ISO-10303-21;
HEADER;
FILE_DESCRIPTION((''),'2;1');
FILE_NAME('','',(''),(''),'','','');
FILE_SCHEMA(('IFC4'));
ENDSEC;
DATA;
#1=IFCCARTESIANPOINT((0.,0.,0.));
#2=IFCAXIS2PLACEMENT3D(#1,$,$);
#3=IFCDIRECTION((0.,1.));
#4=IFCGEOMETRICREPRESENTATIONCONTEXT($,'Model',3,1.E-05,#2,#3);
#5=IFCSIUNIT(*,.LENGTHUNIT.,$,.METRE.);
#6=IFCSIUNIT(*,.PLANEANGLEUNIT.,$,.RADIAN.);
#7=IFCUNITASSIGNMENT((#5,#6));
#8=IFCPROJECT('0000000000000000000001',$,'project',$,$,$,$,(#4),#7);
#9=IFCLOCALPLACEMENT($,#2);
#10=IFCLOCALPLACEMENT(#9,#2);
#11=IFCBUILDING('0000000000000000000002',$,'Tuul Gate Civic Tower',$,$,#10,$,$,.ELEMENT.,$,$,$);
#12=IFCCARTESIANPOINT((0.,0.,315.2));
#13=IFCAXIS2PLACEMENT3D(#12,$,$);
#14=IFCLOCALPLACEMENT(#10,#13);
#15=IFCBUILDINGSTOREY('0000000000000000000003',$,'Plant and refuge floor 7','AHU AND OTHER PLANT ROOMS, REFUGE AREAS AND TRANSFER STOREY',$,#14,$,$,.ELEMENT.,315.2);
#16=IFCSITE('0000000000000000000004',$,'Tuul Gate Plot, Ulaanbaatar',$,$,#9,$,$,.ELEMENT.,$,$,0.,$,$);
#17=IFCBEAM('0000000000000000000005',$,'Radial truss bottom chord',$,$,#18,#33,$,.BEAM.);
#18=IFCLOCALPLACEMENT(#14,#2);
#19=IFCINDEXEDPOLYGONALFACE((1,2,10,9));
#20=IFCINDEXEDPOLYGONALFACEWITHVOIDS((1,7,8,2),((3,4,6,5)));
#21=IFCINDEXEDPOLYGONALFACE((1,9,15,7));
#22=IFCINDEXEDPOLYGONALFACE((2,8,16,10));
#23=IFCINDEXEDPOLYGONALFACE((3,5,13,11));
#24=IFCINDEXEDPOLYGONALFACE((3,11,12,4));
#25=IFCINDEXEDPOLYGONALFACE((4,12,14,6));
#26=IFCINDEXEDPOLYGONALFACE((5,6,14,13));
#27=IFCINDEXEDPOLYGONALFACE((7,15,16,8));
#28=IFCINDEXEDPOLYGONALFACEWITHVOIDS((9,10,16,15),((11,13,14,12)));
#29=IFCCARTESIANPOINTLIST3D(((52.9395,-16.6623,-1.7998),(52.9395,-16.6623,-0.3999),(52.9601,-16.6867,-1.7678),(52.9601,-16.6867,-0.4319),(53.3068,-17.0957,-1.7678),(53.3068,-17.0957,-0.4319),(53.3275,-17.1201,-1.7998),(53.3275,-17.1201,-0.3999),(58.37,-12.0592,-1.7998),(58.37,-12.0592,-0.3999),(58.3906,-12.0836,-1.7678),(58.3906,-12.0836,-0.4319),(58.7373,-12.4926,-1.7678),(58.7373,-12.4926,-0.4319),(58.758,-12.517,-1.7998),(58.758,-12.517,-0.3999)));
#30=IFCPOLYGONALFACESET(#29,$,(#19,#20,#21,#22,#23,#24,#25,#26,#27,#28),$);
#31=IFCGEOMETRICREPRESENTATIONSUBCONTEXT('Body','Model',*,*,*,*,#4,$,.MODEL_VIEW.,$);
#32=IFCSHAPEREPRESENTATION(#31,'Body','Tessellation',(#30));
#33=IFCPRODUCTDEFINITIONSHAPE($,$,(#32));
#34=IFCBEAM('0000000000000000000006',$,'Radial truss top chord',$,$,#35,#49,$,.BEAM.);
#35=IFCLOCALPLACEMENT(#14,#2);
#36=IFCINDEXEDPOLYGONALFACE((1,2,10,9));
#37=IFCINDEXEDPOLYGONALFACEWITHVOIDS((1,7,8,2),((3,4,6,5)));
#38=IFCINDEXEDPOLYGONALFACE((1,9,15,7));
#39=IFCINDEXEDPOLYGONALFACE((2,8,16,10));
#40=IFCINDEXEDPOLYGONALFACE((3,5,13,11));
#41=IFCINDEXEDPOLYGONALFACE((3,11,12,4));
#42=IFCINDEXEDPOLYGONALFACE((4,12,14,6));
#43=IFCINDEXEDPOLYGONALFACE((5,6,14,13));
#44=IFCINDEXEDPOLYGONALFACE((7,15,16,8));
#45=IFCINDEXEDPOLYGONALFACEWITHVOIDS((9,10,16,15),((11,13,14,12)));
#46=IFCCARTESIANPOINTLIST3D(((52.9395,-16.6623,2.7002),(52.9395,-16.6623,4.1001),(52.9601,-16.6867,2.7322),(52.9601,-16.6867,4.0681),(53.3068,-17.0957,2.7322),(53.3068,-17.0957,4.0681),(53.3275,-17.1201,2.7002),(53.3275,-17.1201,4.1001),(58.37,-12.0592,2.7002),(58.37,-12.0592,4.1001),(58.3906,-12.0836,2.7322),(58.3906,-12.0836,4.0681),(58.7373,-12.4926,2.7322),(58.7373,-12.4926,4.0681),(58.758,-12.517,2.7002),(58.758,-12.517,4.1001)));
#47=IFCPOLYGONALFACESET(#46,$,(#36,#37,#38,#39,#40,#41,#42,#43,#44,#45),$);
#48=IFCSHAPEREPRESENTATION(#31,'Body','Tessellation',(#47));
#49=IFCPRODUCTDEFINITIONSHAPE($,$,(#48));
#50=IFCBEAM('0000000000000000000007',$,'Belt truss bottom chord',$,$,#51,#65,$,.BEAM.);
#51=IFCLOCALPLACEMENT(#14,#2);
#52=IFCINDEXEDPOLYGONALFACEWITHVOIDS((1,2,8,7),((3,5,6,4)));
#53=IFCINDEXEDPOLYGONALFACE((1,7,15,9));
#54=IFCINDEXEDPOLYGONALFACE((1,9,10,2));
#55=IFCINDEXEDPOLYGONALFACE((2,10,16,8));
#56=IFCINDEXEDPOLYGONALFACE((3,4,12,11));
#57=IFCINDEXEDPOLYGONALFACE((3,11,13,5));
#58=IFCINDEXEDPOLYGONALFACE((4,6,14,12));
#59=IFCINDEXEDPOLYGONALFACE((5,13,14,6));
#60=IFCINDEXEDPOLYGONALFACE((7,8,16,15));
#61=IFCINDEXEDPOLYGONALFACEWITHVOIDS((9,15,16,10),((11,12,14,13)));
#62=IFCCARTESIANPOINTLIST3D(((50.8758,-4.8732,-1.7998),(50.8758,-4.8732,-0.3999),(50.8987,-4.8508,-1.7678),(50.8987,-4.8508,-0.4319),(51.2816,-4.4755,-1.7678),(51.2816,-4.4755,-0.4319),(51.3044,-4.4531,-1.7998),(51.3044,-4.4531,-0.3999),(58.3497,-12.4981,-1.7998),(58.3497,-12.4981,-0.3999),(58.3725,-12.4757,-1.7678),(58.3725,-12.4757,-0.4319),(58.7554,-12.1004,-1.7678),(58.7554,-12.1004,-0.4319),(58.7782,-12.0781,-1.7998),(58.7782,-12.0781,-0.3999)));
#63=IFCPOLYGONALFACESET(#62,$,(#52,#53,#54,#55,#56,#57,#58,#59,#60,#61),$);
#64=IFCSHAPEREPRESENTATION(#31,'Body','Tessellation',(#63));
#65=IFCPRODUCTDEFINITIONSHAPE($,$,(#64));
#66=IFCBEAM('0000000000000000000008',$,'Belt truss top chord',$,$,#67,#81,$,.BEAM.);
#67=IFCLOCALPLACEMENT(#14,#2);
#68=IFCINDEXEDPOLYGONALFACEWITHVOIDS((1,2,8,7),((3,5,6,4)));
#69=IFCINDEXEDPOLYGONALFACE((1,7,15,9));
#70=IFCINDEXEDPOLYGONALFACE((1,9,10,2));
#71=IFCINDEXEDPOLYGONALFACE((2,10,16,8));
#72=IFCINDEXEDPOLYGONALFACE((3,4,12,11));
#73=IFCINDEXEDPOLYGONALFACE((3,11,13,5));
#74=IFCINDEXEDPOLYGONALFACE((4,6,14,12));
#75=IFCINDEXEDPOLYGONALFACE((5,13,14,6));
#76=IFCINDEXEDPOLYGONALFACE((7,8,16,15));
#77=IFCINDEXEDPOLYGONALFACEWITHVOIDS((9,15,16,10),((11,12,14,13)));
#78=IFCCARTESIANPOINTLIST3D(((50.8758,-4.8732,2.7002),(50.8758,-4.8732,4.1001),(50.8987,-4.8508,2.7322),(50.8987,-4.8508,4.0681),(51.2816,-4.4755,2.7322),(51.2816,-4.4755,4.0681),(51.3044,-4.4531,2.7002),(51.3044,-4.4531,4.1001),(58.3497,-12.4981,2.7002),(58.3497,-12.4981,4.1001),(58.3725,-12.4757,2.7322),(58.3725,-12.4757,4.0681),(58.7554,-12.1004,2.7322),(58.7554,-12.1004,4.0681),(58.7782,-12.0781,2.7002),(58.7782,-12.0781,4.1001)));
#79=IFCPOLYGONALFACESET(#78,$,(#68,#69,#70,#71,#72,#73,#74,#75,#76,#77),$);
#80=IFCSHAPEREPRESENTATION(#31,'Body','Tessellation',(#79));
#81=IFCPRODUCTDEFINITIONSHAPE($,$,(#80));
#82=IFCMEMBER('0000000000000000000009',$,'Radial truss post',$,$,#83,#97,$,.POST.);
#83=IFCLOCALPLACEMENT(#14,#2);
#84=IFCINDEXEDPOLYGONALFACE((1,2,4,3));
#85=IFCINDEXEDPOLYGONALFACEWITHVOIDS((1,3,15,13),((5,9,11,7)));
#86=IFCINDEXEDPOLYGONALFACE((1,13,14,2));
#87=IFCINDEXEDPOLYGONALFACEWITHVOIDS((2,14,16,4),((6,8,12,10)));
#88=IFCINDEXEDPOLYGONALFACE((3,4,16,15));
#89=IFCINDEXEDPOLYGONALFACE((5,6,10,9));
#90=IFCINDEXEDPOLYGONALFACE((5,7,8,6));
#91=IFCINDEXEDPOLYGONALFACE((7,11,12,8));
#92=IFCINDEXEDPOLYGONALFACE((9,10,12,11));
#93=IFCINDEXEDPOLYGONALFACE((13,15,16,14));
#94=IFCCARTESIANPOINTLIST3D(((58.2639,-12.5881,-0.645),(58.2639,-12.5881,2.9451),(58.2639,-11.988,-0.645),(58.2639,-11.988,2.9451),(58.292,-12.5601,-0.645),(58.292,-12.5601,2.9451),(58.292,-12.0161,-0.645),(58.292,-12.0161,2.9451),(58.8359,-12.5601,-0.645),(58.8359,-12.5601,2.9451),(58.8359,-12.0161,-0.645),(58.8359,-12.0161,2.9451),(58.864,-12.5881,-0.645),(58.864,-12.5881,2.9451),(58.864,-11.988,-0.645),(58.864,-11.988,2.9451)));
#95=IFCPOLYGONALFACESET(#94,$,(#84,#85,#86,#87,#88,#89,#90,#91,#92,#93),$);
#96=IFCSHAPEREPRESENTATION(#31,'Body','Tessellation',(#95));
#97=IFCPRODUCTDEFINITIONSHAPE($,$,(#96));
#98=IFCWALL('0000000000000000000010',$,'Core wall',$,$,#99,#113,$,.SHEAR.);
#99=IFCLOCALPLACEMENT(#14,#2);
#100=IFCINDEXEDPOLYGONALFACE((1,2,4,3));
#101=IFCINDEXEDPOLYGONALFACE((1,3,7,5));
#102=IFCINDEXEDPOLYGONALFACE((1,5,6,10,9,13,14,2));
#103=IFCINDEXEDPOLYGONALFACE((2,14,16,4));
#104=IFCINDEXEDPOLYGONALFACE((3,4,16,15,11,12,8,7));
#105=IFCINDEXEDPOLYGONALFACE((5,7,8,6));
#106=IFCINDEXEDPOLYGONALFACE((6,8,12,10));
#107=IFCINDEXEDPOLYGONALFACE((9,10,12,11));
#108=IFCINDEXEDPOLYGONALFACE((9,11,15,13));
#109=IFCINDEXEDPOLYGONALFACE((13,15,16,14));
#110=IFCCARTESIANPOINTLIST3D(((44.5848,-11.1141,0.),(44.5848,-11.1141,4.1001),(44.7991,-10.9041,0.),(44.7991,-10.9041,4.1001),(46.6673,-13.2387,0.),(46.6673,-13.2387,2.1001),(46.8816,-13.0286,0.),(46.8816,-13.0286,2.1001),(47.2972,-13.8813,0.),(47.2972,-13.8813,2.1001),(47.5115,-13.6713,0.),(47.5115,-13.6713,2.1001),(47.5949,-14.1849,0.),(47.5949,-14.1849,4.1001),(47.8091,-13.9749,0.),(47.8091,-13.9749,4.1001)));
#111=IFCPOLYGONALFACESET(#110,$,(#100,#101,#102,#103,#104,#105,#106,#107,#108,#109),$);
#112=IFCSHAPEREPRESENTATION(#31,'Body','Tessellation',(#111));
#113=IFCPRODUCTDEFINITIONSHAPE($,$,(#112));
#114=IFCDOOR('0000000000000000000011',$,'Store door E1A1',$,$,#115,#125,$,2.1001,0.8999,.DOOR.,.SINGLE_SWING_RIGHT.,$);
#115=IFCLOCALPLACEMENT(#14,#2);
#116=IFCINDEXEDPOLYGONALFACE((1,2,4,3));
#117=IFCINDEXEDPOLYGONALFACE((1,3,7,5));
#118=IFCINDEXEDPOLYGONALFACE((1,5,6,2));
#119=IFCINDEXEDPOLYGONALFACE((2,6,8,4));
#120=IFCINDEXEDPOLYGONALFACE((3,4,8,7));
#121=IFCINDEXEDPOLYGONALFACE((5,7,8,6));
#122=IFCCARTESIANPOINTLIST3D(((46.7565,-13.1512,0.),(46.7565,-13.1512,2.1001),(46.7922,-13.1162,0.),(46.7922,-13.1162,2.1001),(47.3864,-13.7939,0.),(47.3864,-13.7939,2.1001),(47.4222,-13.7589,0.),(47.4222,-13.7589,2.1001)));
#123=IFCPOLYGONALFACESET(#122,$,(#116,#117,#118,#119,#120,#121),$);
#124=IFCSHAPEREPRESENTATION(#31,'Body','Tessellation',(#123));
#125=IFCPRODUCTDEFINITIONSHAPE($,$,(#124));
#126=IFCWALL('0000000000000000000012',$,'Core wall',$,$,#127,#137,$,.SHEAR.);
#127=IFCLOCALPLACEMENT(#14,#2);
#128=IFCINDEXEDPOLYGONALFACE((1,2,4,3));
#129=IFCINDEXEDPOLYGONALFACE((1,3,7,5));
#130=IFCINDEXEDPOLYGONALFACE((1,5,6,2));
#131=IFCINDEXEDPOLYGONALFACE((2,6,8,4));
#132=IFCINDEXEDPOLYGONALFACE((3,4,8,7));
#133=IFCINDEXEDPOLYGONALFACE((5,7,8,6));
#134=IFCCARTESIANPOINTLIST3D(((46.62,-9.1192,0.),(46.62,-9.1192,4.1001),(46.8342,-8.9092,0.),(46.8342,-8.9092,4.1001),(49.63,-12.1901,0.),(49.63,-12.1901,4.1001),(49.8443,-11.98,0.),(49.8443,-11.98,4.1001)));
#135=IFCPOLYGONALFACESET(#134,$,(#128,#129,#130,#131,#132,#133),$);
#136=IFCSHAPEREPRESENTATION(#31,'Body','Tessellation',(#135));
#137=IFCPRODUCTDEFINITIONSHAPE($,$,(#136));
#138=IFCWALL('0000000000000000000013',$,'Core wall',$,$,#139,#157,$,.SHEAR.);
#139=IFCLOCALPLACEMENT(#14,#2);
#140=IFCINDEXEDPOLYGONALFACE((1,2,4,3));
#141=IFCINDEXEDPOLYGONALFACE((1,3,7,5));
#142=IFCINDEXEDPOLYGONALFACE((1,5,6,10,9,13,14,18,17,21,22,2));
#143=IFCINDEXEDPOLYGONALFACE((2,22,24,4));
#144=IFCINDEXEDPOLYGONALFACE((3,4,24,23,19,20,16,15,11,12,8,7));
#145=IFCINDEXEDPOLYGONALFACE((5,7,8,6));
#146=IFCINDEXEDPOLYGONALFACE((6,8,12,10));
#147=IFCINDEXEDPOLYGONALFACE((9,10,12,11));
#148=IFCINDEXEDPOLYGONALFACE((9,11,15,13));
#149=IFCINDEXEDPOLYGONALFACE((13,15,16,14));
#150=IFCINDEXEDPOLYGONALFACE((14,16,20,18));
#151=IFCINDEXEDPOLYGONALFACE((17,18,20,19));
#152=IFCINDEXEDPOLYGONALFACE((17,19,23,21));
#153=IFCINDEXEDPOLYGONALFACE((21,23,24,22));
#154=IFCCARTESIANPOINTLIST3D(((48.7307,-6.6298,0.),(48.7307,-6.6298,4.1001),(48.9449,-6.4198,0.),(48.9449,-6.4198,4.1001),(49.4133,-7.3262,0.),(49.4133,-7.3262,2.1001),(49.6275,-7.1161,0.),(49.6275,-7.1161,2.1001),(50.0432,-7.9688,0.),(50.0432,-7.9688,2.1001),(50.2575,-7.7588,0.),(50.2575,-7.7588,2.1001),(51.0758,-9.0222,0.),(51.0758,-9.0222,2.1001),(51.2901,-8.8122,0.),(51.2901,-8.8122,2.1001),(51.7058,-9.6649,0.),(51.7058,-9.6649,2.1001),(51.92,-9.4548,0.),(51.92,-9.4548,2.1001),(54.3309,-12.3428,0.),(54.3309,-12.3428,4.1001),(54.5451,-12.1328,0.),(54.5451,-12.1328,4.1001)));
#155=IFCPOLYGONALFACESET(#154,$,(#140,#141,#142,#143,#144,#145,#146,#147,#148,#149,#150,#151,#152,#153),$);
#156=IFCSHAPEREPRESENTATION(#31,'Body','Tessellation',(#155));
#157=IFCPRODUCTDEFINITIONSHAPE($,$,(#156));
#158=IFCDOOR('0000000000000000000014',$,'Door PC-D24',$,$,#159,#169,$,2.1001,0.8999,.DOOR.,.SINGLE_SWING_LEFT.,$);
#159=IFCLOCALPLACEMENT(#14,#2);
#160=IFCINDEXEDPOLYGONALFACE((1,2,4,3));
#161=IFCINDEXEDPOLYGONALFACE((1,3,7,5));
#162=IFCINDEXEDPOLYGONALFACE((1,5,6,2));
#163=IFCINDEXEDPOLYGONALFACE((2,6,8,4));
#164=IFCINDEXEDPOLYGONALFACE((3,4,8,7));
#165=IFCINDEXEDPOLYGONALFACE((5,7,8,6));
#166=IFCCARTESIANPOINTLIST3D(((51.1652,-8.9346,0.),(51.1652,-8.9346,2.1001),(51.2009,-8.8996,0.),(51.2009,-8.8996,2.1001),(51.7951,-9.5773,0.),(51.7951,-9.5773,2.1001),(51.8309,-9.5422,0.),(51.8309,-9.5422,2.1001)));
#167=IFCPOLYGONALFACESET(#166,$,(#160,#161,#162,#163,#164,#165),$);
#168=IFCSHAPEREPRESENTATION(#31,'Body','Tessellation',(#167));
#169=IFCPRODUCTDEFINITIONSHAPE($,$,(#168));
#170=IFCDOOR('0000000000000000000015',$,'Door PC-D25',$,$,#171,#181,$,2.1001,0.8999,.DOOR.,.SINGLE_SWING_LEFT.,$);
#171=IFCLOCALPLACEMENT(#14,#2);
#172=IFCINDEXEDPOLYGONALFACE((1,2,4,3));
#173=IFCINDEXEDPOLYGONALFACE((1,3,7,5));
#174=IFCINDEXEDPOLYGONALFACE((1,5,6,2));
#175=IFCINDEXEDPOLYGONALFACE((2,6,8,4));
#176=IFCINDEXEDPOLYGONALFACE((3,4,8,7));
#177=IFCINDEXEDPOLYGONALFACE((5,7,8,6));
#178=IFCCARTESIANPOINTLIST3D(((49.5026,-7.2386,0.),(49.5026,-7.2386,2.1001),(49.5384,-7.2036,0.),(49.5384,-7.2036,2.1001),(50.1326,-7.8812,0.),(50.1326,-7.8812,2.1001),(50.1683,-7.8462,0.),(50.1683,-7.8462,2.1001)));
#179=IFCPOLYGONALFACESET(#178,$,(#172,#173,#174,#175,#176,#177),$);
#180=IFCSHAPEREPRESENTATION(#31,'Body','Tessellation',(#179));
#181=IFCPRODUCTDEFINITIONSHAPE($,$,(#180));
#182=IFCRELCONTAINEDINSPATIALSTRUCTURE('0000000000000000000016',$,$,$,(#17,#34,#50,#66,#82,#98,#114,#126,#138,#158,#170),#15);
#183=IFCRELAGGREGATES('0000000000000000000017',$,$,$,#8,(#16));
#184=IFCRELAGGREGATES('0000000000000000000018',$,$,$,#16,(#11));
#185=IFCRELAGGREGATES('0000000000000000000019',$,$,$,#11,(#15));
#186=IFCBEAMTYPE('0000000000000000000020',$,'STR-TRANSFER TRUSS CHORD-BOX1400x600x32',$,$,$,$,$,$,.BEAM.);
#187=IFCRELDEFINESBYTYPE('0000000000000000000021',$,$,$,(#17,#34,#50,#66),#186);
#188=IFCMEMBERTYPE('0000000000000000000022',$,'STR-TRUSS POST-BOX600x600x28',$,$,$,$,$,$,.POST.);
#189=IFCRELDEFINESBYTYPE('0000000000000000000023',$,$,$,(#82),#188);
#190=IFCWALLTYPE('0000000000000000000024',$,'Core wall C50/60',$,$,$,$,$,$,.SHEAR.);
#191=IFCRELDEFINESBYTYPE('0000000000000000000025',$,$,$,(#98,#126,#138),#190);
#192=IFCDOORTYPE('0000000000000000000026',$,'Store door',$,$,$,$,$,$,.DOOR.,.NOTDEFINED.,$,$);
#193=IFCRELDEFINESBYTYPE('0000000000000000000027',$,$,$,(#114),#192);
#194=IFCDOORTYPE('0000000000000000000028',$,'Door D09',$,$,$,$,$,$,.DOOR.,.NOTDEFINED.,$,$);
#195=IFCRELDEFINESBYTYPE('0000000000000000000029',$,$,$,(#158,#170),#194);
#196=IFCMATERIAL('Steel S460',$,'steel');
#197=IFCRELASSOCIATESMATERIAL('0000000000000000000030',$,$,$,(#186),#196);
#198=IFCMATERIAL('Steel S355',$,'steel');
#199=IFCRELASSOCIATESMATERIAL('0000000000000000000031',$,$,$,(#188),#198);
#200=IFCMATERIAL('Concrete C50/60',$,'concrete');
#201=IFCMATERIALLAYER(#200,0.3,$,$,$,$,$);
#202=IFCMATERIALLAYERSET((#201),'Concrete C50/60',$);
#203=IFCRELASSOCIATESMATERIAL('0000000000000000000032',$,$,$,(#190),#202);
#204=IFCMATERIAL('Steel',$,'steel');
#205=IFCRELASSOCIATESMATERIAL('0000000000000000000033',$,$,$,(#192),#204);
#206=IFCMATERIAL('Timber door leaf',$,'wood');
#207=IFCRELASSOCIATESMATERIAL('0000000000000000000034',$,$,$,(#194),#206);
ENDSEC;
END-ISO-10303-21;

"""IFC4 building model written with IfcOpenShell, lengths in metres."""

from ifc_helpers import new_model, si_unit, direction, frame, frame_2d, origin, origin_2d, place, context, subcontext, project, spatial, rectangle, hollow_rectangle, extrude, material, layer, layer_set, material_profile, profile_set, type_object, element, fill, save


model = new_model("IFC4")

# Units and contexts
model_context = context("Model", 3, precision=1e-05, world=origin(), true_north=direction((0.0, 1.0)))
body_context = subcontext(model_context, "Body", "Model", "MODEL_VIEW")
ifc_project = project(units=[si_unit("LENGTHUNIT", "METRE"), si_unit("PLANEANGLEUNIT", "RADIAN")], contexts=[model_context])

# Site, building, storey
site_placement = place(None, origin())
site = spatial("IfcSite", under=ifc_project, at=site_placement, Name="Tuul Gate Plot, Ulaanbaatar", CompositionType="ELEMENT", RefElevation=0.0)
building_placement = place(site_placement, origin())
building = spatial("IfcBuilding", under=site, at=building_placement, Name="Tuul Gate Civic Tower", CompositionType="ELEMENT")
storey_placement = place(building_placement, frame((0.0, 0.0, 315.2)))
storey = spatial("IfcBuildingStorey", under=building, at=storey_placement, Name="Plant and refuge floor 7", Description="AHU AND OTHER PLANT ROOMS, REFUGE AREAS AND TRANSFER STOREY", CompositionType="ELEMENT", Elevation=315.2)

# Beams
ifc_material_1 = material(Name="Steel S460", Category="steel")
ifc_material_profile_1 = material_profile(ifc_material_1, hollow_rectangle(XDim=0.6001, YDim=1.3999, WallThickness=0.032, at=origin_2d()), Name="BOX1400x600x32")
ifc_profile_set_1 = profile_set([ifc_material_profile_1], Name="Steel S460")
beam_type = type_object("IfcBeamType", Name="STR-TRANSFER TRUSS CHORD-BOX1400x600x32", PredefinedType="BEAM", material=ifc_profile_set_1)
for number, where, z_axis, x_axis, name in (
    (1, (58.564, -12.2881, -1.0999), (-0.762828, -0.646602, 0.0), (0.646602, -0.762828, 0.0), "Radial truss bottom chord"),
    (2, (58.564, -12.2881, 3.4001), (-0.762828, -0.646602, 0.0), (0.646602, -0.762828, 0.0), "Radial truss top chord"),
):
    element("IfcBeam", number, at=place(storey_placement, frame(where, z_axis=z_axis, x_axis=x_axis)), inside=storey, type_object=beam_type, Name=name, PredefinedType="BEAM", context=body_context, shape_type="SweptSolid", body=[
        extrude(hollow_rectangle(XDim=0.6001, YDim=1.3999, WallThickness=0.032, at=origin_2d()), origin(), (0.0, 0.0, 1.0), 7.1189),
    ])
for number, where, z_axis, x_axis, name in (
    (3, (58.564, -12.2881, -1.0999), (-0.699994, 0.714148, 0.0), (-0.714148, -0.699994, 0.0), "Belt truss bottom chord"),
    (4, (58.564, -12.2881, 3.4001), (-0.699994, 0.714148, 0.0), (-0.714148, -0.699994, 0.0), "Belt truss top chord"),
):
    element("IfcBeam", number, at=place(storey_placement, frame(where, z_axis=z_axis, x_axis=x_axis)), inside=storey, type_object=beam_type, Name=name, PredefinedType="BEAM", context=body_context, shape_type="SweptSolid", body=[
        extrude(hollow_rectangle(XDim=0.6001, YDim=1.3999, WallThickness=0.032, at=origin_2d()), origin(), (0.0, 0.0, 1.0), 10.677),
    ])

# Member
ifc_material_2 = material(Name="Steel S355", Category="steel")
ifc_material_profile_2 = material_profile(ifc_material_2, hollow_rectangle(XDim=0.6001, YDim=0.6001, WallThickness=0.0281, at=origin_2d()), Name="BOX600x600x28")
ifc_profile_set_2 = profile_set([ifc_material_profile_2], Name="Steel S355")
member_type = type_object("IfcMemberType", Name="STR-TRUSS POST-BOX600x600x28", PredefinedType="POST", material=ifc_profile_set_2)
member_placement = place(storey_placement, frame((58.564, -12.2881, -0.645), z_axis=(0.0, 0.0, 1.0), x_axis=(1.0, 0.0, 0.0)))
element("IfcMember", 5, at=member_placement, inside=storey, type_object=member_type, Name="Radial truss post", PredefinedType="POST", context=body_context, shape_type="SweptSolid", body=[
    extrude(hollow_rectangle(XDim=0.6001, YDim=0.6001, WallThickness=0.0281, at=origin_2d()), origin(), (0.0, 0.0, 1.0), 3.5901),
])

# Wall, opening, door
ifc_material_3 = material(Name="Concrete C50/60", Category="concrete")
ifc_layer_1 = layer(ifc_material_3, 0.3)
ifc_layer_set_1 = layer_set([ifc_layer_1], Name="Concrete C50/60")
wall_type_1 = type_object("IfcWallType", Name="Core wall C50/60", PredefinedType="SHEAR", material=ifc_layer_set_1)
wall_1_placement = place(storey_placement, frame((47.7019, -14.0798, 0.0), z_axis=(0.0, 0.0, 1.0), x_axis=(-0.700003, 0.71414, 0.0)))
wall_1 = element("IfcWall", 6, at=wall_1_placement, inside=storey, type_object=wall_type_1, Name="Core wall", PredefinedType="SHEAR", context=body_context, shape_type="SweptSolid", body=[
    extrude(rectangle(XDim=4.3, YDim=0.3, at=frame_2d((2.1499, 0.0))), origin(), (0.0, 0.0, 1.0), 4.1001),
])
opening_1_placement = place(wall_1_placement, frame((0.425, 0.0, 0.0)))
opening_1 = element("IfcOpeningElement", 7, at=opening_1_placement, cuts=wall_1, PredefinedType="OPENING", context=body_context, shape_type="SweptSolid", body=[
    extrude(rectangle(XDim=0.8999, YDim=2.1001, at=frame_2d((0.45, 1.05))), frame((0.0, 0.1602, 0.0), z_axis=(0.0, -1.0, 0.0), x_axis=(1.0, 0.0, 0.0)), (0.0, 0.0, 1.0), 0.3201),
])
ifc_material_4 = material(Name="Steel", Category="steel")
door_type_1 = type_object("IfcDoorType", Name="Store door", OperationType="NOTDEFINED", PredefinedType="DOOR", material=ifc_material_4)
door_1_placement = place(opening_1_placement, frame((0.8999, 0.0, 0.0), z_axis=(0.0, 0.0, 1.0), x_axis=(-1.0, 0.0, 0.0)))
door_1 = element("IfcDoor", 8, at=door_1_placement, inside=storey, type_object=door_type_1, Name="Store door E1A1", OperationType="SINGLE_SWING_RIGHT", OverallHeight=2.1001, OverallWidth=0.8999, PredefinedType="DOOR", context=body_context, shape_type="SweptSolid", body=[
    extrude(rectangle(XDim=0.8999, YDim=2.1001, at=frame_2d((0.45, 1.05))), frame((0.0, 0.0249, 0.0), z_axis=(0.0, -1.0, 0.0), x_axis=(1.0, 0.0, 0.0)), (0.0, 0.0, 1.0), 0.05),
])
fill(opening_1, door_1)

# Wall
wall_2_placement = place(storey_placement, frame((49.7371, -12.085, 0.0), z_axis=(0.0, 0.0, 1.0), x_axis=(-0.700003, 0.71414, 0.0)))
element("IfcWall", 9, at=wall_2_placement, inside=storey, type_object=wall_type_1, Name="Core wall", PredefinedType="SHEAR", context=body_context, shape_type="SweptSolid", body=[
    extrude(rectangle(XDim=4.3, YDim=0.3, at=frame_2d((2.1499, 0.0))), origin(), (0.0, 0.0, 1.0), 4.1001),
])

# Wall, openings, doors
wall_3_placement = place(storey_placement, frame((54.438, -12.2378, 0.0), z_axis=(0.0, 0.0, 1.0), x_axis=(-0.700022, 0.714121, 0.0)))
wall_3 = element("IfcWall", 10, at=wall_3_placement, inside=storey, type_object=wall_type_1, Name="Core wall", PredefinedType="SHEAR", context=body_context, shape_type="SweptSolid", body=[
    extrude(rectangle(XDim=8.0, YDim=0.3, at=frame_2d((4.0, 0.0))), origin(), (0.0, 0.0, 1.0), 4.1001),
])
opening_2_placement = place(wall_3_placement, frame((3.75, 0.0, 0.0)))
opening_2 = element("IfcOpeningElement", 11, at=opening_2_placement, cuts=wall_3, PredefinedType="OPENING", context=body_context, shape_type="SweptSolid", body=[
    extrude(rectangle(XDim=0.8999, YDim=2.1001, at=frame_2d((0.45, 1.05))), frame((0.0, 0.1602, 0.0), z_axis=(0.0, -1.0, 0.0), x_axis=(1.0, 0.0, 0.0)), (0.0, 0.0, 1.0), 0.3201),
])
opening_3_placement = place(wall_3_placement, frame((6.125, 0.0, 0.0)))
opening_3 = element("IfcOpeningElement", 12, at=opening_3_placement, cuts=wall_3, PredefinedType="OPENING", context=body_context, shape_type="SweptSolid", body=[
    extrude(rectangle(XDim=0.8999, YDim=2.1001, at=frame_2d((0.45, 1.05))), frame((0.0, 0.1602, 0.0), z_axis=(0.0, -1.0, 0.0), x_axis=(1.0, 0.0, 0.0)), (0.0, 0.0, 1.0), 0.3201),
])
ifc_material_5 = material(Name="Timber door leaf", Category="wood")
door_type_2 = type_object("IfcDoorType", Name="Door D09", OperationType="NOTDEFINED", PredefinedType="DOOR", material=ifc_material_5)
door_2_placement = place(opening_2_placement, origin())
door_2 = element("IfcDoor", 13, at=door_2_placement, inside=storey, type_object=door_type_2, Name="Door PC-D24", OperationType="SINGLE_SWING_LEFT", OverallHeight=2.1001, OverallWidth=0.8999, PredefinedType="DOOR", context=body_context, shape_type="SweptSolid", body=[
    extrude(rectangle(XDim=0.8999, YDim=2.1001, at=frame_2d((0.45, 1.05))), frame((0.0, 0.0249, 0.0), z_axis=(0.0, -1.0, 0.0), x_axis=(1.0, 0.0, 0.0)), (0.0, 0.0, 1.0), 0.05),
])
fill(opening_2, door_2)
door_3_placement = place(opening_3_placement, origin())
door_3 = element("IfcDoor", 14, at=door_3_placement, inside=storey, type_object=door_type_2, Name="Door PC-D25", OperationType="SINGLE_SWING_LEFT", OverallHeight=2.1001, OverallWidth=0.8999, PredefinedType="DOOR", context=body_context, shape_type="SweptSolid", body=[
    extrude(rectangle(XDim=0.8999, YDim=2.1001, at=frame_2d((0.45, 1.05))), frame((0.0, 0.0249, 0.0), z_axis=(0.0, -1.0, 0.0), x_axis=(1.0, 0.0, 0.0)), (0.0, 0.0, 1.0), 0.05),
])
fill(opening_3, door_3)

save(model, "model.ifc")
